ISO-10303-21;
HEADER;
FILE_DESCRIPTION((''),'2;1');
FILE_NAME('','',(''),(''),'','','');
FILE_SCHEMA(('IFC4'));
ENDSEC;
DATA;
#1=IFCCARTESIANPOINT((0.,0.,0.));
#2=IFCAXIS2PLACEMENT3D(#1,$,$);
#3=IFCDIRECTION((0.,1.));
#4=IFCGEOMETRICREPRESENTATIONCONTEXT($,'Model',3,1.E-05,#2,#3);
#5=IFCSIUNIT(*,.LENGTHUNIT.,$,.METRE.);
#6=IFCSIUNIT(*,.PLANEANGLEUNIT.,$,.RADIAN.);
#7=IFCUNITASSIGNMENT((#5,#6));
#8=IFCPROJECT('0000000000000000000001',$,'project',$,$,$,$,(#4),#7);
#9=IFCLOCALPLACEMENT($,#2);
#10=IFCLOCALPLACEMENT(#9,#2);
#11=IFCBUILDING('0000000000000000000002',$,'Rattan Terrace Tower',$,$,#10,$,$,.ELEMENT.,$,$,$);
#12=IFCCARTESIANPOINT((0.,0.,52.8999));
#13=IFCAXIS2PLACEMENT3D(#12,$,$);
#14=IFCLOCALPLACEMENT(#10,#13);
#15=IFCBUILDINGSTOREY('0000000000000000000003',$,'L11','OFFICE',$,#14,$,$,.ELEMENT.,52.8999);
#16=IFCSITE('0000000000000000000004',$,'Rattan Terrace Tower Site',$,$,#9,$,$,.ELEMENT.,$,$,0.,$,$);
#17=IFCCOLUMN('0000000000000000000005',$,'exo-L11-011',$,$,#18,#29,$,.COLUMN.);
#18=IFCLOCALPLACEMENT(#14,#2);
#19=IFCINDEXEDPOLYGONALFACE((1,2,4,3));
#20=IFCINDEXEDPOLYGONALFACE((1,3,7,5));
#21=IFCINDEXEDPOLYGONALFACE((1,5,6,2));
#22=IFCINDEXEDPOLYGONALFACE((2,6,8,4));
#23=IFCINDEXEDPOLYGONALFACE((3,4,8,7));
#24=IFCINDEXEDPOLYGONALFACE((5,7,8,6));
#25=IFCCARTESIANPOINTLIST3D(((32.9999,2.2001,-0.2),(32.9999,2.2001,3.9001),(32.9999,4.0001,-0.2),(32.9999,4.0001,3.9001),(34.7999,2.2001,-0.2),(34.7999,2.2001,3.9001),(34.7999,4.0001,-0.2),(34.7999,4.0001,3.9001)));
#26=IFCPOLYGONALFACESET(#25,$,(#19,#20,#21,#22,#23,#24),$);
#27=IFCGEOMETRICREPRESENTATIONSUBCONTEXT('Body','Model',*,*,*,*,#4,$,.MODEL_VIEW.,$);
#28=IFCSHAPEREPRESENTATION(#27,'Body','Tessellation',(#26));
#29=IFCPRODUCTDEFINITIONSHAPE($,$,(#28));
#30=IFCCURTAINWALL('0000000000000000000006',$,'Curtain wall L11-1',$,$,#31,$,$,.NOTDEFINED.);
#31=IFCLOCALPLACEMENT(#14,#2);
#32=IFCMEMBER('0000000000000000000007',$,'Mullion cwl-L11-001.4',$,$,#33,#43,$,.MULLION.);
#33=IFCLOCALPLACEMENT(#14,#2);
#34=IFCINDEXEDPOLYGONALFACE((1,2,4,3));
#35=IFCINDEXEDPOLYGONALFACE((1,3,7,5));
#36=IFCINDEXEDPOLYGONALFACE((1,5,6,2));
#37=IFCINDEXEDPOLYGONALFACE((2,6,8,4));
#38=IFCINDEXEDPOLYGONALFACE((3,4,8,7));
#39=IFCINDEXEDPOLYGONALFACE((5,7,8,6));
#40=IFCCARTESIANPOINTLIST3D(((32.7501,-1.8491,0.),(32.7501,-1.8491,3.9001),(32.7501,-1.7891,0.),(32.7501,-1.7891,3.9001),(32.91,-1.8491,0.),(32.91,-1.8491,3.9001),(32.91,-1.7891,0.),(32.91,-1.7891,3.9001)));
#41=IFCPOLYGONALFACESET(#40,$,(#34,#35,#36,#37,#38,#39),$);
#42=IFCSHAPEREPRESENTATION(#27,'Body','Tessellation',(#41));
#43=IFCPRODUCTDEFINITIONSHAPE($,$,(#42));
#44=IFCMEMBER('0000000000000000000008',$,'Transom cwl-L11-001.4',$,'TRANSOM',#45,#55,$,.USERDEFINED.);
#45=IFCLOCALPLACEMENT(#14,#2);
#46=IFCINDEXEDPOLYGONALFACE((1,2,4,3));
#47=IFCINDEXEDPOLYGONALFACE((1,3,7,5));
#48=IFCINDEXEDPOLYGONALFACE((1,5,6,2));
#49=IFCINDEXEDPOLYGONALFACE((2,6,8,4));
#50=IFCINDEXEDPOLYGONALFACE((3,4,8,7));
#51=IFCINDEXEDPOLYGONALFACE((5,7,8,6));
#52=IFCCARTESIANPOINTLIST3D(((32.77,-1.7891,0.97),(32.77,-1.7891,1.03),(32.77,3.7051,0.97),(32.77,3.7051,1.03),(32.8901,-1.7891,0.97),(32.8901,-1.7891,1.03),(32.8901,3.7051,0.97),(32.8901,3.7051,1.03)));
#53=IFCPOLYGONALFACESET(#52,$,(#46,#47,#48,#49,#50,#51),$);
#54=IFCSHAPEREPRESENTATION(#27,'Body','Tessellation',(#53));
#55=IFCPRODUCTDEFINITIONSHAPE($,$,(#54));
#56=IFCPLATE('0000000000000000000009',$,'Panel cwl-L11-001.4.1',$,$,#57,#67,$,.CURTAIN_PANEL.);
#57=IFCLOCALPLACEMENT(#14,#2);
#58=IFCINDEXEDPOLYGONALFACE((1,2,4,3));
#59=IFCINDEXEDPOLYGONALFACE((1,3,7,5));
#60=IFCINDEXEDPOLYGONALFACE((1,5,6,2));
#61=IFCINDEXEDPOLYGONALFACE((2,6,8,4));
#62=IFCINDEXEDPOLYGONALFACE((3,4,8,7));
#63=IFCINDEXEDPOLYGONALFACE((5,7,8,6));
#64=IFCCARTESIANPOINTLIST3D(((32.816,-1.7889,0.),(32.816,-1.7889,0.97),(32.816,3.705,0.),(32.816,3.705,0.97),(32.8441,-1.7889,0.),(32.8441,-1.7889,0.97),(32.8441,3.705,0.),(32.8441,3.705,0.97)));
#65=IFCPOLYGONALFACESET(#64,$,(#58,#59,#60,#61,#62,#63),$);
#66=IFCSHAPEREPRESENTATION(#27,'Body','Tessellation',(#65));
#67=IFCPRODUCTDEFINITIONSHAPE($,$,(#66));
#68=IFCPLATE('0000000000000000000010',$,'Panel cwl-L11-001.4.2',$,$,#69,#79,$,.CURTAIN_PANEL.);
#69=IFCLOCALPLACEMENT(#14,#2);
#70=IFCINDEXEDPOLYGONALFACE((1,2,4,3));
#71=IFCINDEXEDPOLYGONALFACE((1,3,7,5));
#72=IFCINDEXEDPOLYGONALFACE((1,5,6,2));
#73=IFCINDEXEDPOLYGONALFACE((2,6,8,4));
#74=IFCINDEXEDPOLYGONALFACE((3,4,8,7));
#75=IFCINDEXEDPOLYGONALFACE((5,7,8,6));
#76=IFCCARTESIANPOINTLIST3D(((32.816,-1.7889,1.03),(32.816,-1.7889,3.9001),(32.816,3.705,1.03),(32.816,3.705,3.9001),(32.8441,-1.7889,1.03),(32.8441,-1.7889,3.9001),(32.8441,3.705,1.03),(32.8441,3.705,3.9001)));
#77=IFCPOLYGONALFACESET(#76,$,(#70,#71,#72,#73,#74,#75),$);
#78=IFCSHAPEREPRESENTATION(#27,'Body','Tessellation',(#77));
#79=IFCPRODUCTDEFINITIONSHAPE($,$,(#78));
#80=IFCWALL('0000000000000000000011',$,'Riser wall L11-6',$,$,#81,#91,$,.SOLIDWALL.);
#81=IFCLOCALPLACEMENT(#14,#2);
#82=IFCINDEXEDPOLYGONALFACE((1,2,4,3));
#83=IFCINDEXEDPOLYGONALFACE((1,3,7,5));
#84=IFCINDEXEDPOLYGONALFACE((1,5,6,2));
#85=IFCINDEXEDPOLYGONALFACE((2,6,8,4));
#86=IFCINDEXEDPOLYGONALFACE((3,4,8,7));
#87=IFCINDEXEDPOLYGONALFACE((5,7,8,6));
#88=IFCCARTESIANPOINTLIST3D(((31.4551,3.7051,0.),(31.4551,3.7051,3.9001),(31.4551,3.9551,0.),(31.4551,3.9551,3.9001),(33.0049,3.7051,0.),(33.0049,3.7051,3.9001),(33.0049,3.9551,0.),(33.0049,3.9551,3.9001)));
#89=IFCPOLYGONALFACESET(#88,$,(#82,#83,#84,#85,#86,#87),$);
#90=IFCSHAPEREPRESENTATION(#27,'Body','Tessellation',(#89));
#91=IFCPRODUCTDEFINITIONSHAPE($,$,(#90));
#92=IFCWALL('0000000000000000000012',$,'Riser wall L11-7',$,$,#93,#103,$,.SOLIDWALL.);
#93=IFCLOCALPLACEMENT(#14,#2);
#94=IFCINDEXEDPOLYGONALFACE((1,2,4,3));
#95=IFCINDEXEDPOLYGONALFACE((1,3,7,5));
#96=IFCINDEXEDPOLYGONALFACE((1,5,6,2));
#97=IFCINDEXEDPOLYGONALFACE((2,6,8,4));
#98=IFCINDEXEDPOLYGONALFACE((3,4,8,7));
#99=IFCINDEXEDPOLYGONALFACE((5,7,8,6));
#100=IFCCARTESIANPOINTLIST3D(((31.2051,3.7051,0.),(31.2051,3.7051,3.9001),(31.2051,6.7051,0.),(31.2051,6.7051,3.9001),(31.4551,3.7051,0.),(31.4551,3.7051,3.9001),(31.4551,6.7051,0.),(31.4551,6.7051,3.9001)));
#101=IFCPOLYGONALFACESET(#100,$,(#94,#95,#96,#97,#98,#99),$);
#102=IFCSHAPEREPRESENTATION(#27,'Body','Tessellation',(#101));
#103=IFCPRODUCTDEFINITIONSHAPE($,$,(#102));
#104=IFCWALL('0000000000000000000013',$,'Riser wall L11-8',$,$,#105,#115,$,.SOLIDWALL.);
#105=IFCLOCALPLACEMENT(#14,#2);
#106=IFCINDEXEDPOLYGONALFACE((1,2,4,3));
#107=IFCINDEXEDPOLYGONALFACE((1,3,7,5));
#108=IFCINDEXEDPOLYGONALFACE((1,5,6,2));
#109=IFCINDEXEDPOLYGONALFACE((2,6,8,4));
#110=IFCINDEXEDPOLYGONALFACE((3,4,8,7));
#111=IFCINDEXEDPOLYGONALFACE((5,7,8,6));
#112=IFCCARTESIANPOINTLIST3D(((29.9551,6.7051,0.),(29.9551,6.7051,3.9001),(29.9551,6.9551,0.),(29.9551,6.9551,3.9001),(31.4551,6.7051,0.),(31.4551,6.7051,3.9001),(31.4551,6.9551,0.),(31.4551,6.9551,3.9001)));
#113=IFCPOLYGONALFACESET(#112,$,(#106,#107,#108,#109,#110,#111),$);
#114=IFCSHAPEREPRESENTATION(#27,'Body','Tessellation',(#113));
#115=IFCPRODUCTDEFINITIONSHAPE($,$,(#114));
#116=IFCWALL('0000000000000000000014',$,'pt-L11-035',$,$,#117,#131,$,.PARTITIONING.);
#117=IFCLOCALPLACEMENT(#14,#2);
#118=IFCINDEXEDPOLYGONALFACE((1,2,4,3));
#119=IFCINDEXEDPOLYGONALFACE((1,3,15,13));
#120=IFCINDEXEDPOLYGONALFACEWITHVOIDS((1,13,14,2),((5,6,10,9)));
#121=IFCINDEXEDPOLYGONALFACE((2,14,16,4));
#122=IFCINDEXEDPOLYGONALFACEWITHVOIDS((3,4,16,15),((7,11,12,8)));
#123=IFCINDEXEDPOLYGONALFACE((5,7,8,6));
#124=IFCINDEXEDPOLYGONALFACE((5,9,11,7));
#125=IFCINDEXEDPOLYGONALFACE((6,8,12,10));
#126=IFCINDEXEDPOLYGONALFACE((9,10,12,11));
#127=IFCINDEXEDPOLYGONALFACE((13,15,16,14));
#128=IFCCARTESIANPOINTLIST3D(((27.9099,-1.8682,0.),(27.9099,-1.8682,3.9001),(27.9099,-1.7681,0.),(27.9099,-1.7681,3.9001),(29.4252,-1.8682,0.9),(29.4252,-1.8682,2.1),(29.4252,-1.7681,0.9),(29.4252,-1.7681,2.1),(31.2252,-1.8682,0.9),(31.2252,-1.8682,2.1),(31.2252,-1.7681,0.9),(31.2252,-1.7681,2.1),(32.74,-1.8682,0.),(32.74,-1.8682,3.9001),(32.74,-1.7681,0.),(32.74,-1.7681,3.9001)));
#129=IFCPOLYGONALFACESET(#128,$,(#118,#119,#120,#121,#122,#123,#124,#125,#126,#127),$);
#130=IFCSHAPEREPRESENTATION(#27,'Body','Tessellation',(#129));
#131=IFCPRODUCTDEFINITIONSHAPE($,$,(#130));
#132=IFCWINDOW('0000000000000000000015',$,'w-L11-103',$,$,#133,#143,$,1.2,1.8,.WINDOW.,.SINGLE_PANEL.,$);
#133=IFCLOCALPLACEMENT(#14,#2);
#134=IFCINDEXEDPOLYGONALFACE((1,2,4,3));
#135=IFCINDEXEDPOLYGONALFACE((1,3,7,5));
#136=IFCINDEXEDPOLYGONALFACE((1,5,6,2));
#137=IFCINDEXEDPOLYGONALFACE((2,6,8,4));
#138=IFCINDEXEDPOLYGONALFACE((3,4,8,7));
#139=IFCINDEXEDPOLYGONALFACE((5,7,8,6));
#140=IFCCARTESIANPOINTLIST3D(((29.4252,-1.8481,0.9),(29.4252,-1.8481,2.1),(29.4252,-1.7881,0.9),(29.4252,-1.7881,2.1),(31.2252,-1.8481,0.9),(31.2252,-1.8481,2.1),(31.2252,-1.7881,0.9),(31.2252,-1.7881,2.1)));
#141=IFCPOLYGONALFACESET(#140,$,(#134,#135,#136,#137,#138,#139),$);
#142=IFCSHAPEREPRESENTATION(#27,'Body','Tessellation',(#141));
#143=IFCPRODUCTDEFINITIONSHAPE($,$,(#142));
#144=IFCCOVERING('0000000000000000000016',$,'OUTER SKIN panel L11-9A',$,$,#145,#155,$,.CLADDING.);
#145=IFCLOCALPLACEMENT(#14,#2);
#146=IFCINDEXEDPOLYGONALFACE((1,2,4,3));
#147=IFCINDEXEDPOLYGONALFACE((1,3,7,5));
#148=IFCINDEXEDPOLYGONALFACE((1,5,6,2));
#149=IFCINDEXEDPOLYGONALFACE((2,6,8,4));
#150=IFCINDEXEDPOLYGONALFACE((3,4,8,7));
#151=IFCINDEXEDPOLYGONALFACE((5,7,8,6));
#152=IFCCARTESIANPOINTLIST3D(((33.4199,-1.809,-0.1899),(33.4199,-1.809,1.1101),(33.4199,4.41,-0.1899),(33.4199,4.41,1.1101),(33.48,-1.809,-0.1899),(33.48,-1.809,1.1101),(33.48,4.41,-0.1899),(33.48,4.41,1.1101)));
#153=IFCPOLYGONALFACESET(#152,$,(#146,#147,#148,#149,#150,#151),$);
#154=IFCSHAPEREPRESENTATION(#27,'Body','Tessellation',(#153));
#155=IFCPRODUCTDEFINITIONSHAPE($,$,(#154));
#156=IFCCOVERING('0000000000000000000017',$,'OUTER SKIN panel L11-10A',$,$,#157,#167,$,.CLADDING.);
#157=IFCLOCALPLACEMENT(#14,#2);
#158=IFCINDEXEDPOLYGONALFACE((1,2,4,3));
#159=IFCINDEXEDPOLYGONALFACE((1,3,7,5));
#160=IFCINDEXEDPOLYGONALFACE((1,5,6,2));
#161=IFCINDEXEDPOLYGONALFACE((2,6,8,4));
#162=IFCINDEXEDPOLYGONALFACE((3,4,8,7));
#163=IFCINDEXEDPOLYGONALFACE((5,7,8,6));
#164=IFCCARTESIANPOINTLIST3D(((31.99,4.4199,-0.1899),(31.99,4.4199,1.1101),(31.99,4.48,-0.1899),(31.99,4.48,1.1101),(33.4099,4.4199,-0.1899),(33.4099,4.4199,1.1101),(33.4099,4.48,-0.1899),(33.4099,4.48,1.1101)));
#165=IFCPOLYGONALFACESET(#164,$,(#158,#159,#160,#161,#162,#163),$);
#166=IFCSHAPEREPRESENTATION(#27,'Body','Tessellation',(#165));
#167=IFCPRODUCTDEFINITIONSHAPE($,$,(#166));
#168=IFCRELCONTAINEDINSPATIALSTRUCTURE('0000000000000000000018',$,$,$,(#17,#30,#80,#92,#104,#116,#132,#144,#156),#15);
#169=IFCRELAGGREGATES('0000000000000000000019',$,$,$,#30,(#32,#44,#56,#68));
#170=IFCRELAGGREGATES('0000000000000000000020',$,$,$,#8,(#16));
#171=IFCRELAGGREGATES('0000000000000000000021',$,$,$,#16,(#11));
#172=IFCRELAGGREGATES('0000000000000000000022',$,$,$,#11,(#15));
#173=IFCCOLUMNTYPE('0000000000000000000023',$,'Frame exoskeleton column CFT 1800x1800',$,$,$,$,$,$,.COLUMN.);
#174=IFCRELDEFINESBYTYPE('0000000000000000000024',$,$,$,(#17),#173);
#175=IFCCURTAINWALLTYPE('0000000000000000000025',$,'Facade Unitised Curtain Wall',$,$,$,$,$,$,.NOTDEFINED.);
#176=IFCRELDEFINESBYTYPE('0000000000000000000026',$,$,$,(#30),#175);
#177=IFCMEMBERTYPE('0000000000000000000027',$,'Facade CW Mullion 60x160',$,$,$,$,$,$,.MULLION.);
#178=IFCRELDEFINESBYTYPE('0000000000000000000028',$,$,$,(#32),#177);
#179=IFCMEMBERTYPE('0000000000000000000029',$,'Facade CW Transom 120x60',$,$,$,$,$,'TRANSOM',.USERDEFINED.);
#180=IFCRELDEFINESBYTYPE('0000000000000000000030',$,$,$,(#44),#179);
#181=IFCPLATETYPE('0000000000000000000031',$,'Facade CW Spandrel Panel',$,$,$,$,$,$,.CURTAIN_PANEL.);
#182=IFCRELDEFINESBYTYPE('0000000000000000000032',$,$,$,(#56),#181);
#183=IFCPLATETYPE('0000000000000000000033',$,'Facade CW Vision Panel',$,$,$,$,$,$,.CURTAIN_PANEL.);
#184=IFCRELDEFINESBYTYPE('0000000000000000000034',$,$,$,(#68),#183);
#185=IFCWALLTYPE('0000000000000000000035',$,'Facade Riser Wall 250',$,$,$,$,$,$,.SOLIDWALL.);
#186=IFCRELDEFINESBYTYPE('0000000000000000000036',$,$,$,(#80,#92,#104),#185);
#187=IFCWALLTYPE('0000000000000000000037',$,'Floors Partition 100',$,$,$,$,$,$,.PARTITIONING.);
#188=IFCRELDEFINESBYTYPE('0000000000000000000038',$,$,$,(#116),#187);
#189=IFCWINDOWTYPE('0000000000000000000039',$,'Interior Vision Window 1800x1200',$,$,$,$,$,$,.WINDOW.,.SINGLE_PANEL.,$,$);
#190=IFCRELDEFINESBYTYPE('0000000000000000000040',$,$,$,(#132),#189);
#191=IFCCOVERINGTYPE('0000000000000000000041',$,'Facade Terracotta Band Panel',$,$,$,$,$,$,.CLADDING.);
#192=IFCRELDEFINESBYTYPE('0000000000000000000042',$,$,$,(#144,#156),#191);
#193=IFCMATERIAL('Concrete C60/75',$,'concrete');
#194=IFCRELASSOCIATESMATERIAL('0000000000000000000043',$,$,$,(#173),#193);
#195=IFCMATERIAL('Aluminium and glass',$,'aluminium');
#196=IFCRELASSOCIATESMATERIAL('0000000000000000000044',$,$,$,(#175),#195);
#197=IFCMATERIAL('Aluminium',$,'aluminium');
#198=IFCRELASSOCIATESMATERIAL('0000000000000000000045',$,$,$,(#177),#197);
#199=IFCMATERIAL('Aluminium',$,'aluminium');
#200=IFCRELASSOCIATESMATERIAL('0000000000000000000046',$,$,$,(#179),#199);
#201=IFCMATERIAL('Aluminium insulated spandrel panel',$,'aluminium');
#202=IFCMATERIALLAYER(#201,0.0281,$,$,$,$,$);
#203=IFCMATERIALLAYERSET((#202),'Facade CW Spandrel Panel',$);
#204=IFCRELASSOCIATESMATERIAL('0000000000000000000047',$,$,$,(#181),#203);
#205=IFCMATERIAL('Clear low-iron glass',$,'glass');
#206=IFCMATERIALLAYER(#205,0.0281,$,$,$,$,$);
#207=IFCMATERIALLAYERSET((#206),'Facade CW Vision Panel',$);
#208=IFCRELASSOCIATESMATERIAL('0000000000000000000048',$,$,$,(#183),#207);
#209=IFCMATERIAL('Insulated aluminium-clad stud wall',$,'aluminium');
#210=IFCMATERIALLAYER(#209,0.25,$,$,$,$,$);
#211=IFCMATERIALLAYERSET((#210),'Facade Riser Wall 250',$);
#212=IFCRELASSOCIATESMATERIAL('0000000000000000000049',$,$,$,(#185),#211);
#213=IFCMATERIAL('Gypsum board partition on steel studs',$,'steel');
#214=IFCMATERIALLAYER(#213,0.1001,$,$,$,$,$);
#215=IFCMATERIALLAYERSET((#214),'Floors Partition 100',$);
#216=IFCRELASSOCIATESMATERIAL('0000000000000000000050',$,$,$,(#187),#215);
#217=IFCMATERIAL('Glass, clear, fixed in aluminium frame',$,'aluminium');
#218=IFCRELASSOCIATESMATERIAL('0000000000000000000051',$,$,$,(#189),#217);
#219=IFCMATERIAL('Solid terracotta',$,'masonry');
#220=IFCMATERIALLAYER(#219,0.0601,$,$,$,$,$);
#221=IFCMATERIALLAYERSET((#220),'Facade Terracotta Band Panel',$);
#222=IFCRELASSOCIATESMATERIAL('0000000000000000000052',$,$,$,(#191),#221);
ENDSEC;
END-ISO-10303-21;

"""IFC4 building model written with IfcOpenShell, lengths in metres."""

from ifc_helpers import new_model, si_unit, direction, frame, frame_2d, origin, origin_2d, place, context, subcontext, project, spatial, rectangle, extrude, material, layer, layer_set, material_profile, profile_set, type_object, element, fill, aggregate, save


model = new_model("IFC4")

# Units and contexts
model_context = context("Model", 3, precision=1e-05, world=origin(), true_north=direction((0.0, 1.0)))
body_context = subcontext(model_context, "Body", "Model", "MODEL_VIEW")
ifc_project = project(units=[si_unit("LENGTHUNIT", "METRE"), si_unit("PLANEANGLEUNIT", "RADIAN")], contexts=[model_context])

# Site, building, storey
site_placement = place(None, origin())
site = spatial("IfcSite", under=ifc_project, at=site_placement, Name="Rattan Terrace Tower Site", CompositionType="ELEMENT", RefElevation=0.0)
building_placement = place(site_placement, origin())
building = spatial("IfcBuilding", under=site, at=building_placement, Name="Rattan Terrace Tower", CompositionType="ELEMENT")
storey_placement = place(building_placement, frame((0.0, 0.0, 52.8999)))
storey = spatial("IfcBuildingStorey", under=building, at=storey_placement, Name="L11", Description="OFFICE", CompositionType="ELEMENT", Elevation=52.8999)

# Column
ifc_material_1 = material(Name="Concrete C60/75", Category="concrete")
ifc_material_profile_1 = material_profile(ifc_material_1, rectangle(XDim=1.8, YDim=1.8, at=origin_2d()), Name="CFT 1800x1800")
ifc_profile_set_1 = profile_set([ifc_material_profile_1], Name="Concrete C60/75")
column_type = type_object("IfcColumnType", Name="Frame exoskeleton column CFT 1800x1800", PredefinedType="COLUMN", material=ifc_profile_set_1)
column_placement = place(storey_placement, frame((33.8999, 3.1001, -0.2), z_axis=(0.0, 0.0, 1.0), x_axis=(0.0, 1.0, 0.0)))
element("IfcColumn", 1, at=column_placement, inside=storey, type_object=column_type, Name="exo-L11-011", PredefinedType="COLUMN", context=body_context, shape_type="SweptSolid", body=[
    extrude(rectangle(XDim=1.8, YDim=1.8, at=origin_2d()), origin(), (0.0, 0.0, 1.0), 4.1001),
])

# Curtain wall, members, plates
ifc_material_2 = material(Name="Aluminium and glass", Category="aluminium")
curtain_wall_type = type_object("IfcCurtainWallType", Name="Facade Unitised Curtain Wall", PredefinedType="NOTDEFINED", material=ifc_material_2)
curtain_wall_placement = place(storey_placement, origin())
curtain_wall = element("IfcCurtainWall", 2, at=curtain_wall_placement, inside=storey, type_object=curtain_wall_type, Name="Curtain wall L11-1", PredefinedType="NOTDEFINED")
ifc_material_3 = material(Name="Aluminium", Category="aluminium")
ifc_material_profile_2 = material_profile(ifc_material_3, rectangle(XDim=0.0601, YDim=0.1599, at=origin_2d()), Name="Aluminium 60x160")
ifc_profile_set_2 = profile_set([ifc_material_profile_2], Name="Aluminium")
member_type_1 = type_object("IfcMemberType", Name="Facade CW Mullion 60x160", PredefinedType="MULLION", material=ifc_profile_set_2)
member_1_placement = place(storey_placement, frame((32.8301, -1.8191, 0.0), z_axis=(0.0, 0.0, 1.0), x_axis=(0.0, 1.0, 0.0)))
member_1 = element("IfcMember", 3, at=member_1_placement, type_object=member_type_1, Name="Mullion cwl-L11-001.4", PredefinedType="MULLION", context=body_context, shape_type="SweptSolid", body=[
    extrude(rectangle(XDim=0.0601, YDim=0.1599, at=origin_2d()), origin(), (0.0, 0.0, 1.0), 3.9001),
])
ifc_material_4 = material(Name="Aluminium", Category="aluminium")
ifc_material_profile_3 = material_profile(ifc_material_4, rectangle(XDim=0.1201, YDim=0.0601, at=origin_2d()), Name="Aluminium 120x60")
ifc_profile_set_3 = profile_set([ifc_material_profile_3], Name="Aluminium")
member_type_2 = type_object("IfcMemberType", Name="Facade CW Transom 120x60", ElementType="TRANSOM", PredefinedType="USERDEFINED", material=ifc_profile_set_3)
member_2_placement = place(storey_placement, frame((32.8301, -1.7891, 1.0), z_axis=(0.0, 1.0, 0.0), x_axis=(-1.0, 0.0, 0.0)))
member_2 = element("IfcMember", 4, at=member_2_placement, type_object=member_type_2, Name="Transom cwl-L11-001.4", ObjectType="TRANSOM", PredefinedType="USERDEFINED", context=body_context, shape_type="SweptSolid", body=[
    extrude(rectangle(XDim=0.1201, YDim=0.0601, at=origin_2d()), origin(), (0.0, 0.0, 1.0), 5.4941),
])
ifc_material_5 = material(Name="Aluminium insulated spandrel panel", Category="aluminium")
ifc_layer_1 = layer(ifc_material_5, 0.0281)
ifc_layer_set_1 = layer_set([ifc_layer_1], Name="Facade CW Spandrel Panel")
plate_type_1 = type_object("IfcPlateType", Name="Facade CW Spandrel Panel", PredefinedType="CURTAIN_PANEL", material=ifc_layer_set_1)
plate_1_placement = place(storey_placement, frame((32.8301, 0.958, 0.0), z_axis=(0.0, 0.0, 1.0), x_axis=(0.0, 1.0, 0.0)))
plate_1 = element("IfcPlate", 5, at=plate_1_placement, type_object=plate_type_1, Name="Panel cwl-L11-001.4.1", PredefinedType="CURTAIN_PANEL", context=body_context, shape_type="SweptSolid", body=[
    extrude(rectangle(XDim=5.4939, YDim=0.0281, at=origin_2d()), origin(), (0.0, 0.0, 1.0), 0.97),
])
ifc_material_6 = material(Name="Clear low-iron glass", Category="glass")
ifc_layer_2 = layer(ifc_material_6, 0.0281)
ifc_layer_set_2 = layer_set([ifc_layer_2], Name="Facade CW Vision Panel")
plate_type_2 = type_object("IfcPlateType", Name="Facade CW Vision Panel", PredefinedType="CURTAIN_PANEL", material=ifc_layer_set_2)
plate_2_placement = place(storey_placement, frame((32.8301, 0.958, 1.03), z_axis=(0.0, 0.0, 1.0), x_axis=(0.0, 1.0, 0.0)))
plate_2 = element("IfcPlate", 6, at=plate_2_placement, type_object=plate_type_2, Name="Panel cwl-L11-001.4.2", PredefinedType="CURTAIN_PANEL", context=body_context, shape_type="SweptSolid", body=[
    extrude(rectangle(XDim=5.4939, YDim=0.0281, at=origin_2d()), origin(), (0.0, 0.0, 1.0), 2.8701),
])
aggregate(curtain_wall, [member_1, member_2, plate_1, plate_2])

# Walls
ifc_material_7 = material(Name="Insulated aluminium-clad stud wall", Category="aluminium")
ifc_layer_3 = layer(ifc_material_7, 0.25)
ifc_layer_set_3 = layer_set([ifc_layer_3], Name="Facade Riser Wall 250")
wall_type_1 = type_object("IfcWallType", Name="Facade Riser Wall 250", PredefinedType="SOLIDWALL", material=ifc_layer_set_3)
wall_1_placement = place(storey_placement, frame((33.0049, 3.8301, 0.0), z_axis=(0.0, 0.0, 1.0), x_axis=(-1.0, 0.0, 0.0)))
element("IfcWall", 7, at=wall_1_placement, inside=storey, type_object=wall_type_1, Name="Riser wall L11-6", PredefinedType="SOLIDWALL", context=body_context, shape_type="SweptSolid", body=[
    extrude(rectangle(XDim=1.5498, YDim=0.25, at=frame_2d((0.7749, 0.0))), origin(), (0.0, 0.0, 1.0), 3.9001),
])
wall_2_placement = place(storey_placement, frame((31.3301, 3.7051, 0.0), z_axis=(0.0, 0.0, 1.0), x_axis=(0.0, 1.0, 0.0)))
element("IfcWall", 8, at=wall_2_placement, inside=storey, type_object=wall_type_1, Name="Riser wall L11-7", PredefinedType="SOLIDWALL", context=body_context, shape_type="SweptSolid", body=[
    extrude(rectangle(XDim=3.0, YDim=0.25, at=frame_2d((1.5, 0.0))), origin(), (0.0, 0.0, 1.0), 3.9001),
])
wall_3_placement = place(storey_placement, frame((31.4551, 6.8301, 0.0), z_axis=(0.0, 0.0, 1.0), x_axis=(-1.0, 0.0, 0.0)))
element("IfcWall", 9, at=wall_3_placement, inside=storey, type_object=wall_type_1, Name="Riser wall L11-8", PredefinedType="SOLIDWALL", context=body_context, shape_type="SweptSolid", body=[
    extrude(rectangle(XDim=1.5, YDim=0.25, at=frame_2d((0.75, 0.0))), origin(), (0.0, 0.0, 1.0), 3.9001),
])

# Wall, opening, window
ifc_material_8 = material(Name="Gypsum board partition on steel studs", Category="steel")
ifc_layer_4 = layer(ifc_material_8, 0.1001)
ifc_layer_set_4 = layer_set([ifc_layer_4], Name="Floors Partition 100")
wall_type_2 = type_object("IfcWallType", Name="Floors Partition 100", PredefinedType="PARTITIONING", material=ifc_layer_set_4)
wall_4_placement = place(storey_placement, frame((32.74, -1.8181, 0.0), z_axis=(0.0, 0.0, 1.0), x_axis=(-1.0, 0.0, 0.0)))
wall_4 = element("IfcWall", 10, at=wall_4_placement, inside=storey, type_object=wall_type_2, Name="pt-L11-035", PredefinedType="PARTITIONING", context=body_context, shape_type="SweptSolid", body=[
    extrude(rectangle(XDim=4.8301, YDim=0.1001, at=frame_2d((2.415, 0.0))), origin(), (0.0, 0.0, 1.0), 3.9001),
])
opening_placement = place(wall_4_placement, frame((1.5149, 0.0, 0.8999)))
opening = element("IfcOpeningElement", 11, at=opening_placement, cuts=wall_4, PredefinedType="OPENING", context=body_context, shape_type="SweptSolid", body=[
    extrude(rectangle(XDim=1.8, YDim=1.2, at=frame_2d((0.8999, 0.6001))), frame((0.0, 0.0605, 0.0), z_axis=(0.0, -1.0, 0.0), x_axis=(1.0, 0.0, 0.0)), (0.0, 0.0, 1.0), 0.1211),
])
ifc_material_9 = material(Name="Glass, clear, fixed in aluminium frame", Category="aluminium")
window_type = type_object("IfcWindowType", Name="Interior Vision Window 1800x1200", PartitioningType="SINGLE_PANEL", PredefinedType="WINDOW", material=ifc_material_9)
window_placement = place(opening_placement, origin())
window = element("IfcWindow", 12, at=window_placement, inside=storey, type_object=window_type, Name="w-L11-103", OverallHeight=1.2, OverallWidth=1.8, PartitioningType="SINGLE_PANEL", PredefinedType="WINDOW", context=body_context, shape_type="SweptSolid", body=[
    extrude(rectangle(XDim=1.8, YDim=1.2, at=frame_2d((0.8999, 0.6001))), frame((0.0, 0.03, 0.0), z_axis=(0.0, -1.0, 0.0), x_axis=(1.0, 0.0, 0.0)), (0.0, 0.0, 1.0), 0.0601),
])
fill(opening, window)

# Coverings
ifc_material_10 = material(Name="Solid terracotta", Category="masonry")
ifc_layer_5 = layer(ifc_material_10, 0.0601)
ifc_layer_set_5 = layer_set([ifc_layer_5], Name="Facade Terracotta Band Panel")
covering_type_1 = type_object("IfcCoveringType", Name="Facade Terracotta Band Panel", PredefinedType="CLADDING", material=ifc_layer_set_5)
covering_1_placement = place(storey_placement, frame((33.45, 1.3005, -0.1899), z_axis=(0.0, 0.0, 1.0), x_axis=(0.0, 1.0, 0.0)))
element("IfcCovering", 13, at=covering_1_placement, inside=storey, type_object=covering_type_1, Name="OUTER SKIN panel L11-9A", PredefinedType="CLADDING", context=body_context, shape_type="SweptSolid", body=[
    extrude(rectangle(XDim=6.219, YDim=0.0601, at=origin_2d()), origin(), (0.0, 0.0, 1.0), 1.3),
])
covering_2_placement = place(storey_placement, frame((32.7, 4.45, -0.1899), z_axis=(0.0, 0.0, 1.0), x_axis=(-1.0, 0.0, 0.0)))
element("IfcCovering", 14, at=covering_2_placement, inside=storey, type_object=covering_type_1, Name="OUTER SKIN panel L11-10A", PredefinedType="CLADDING", context=body_context, shape_type="SweptSolid", body=[
    extrude(rectangle(XDim=1.4199, YDim=0.0601, at=origin_2d()), origin(), (0.0, 0.0, 1.0), 1.3),
])

save(model, "model.ifc")
